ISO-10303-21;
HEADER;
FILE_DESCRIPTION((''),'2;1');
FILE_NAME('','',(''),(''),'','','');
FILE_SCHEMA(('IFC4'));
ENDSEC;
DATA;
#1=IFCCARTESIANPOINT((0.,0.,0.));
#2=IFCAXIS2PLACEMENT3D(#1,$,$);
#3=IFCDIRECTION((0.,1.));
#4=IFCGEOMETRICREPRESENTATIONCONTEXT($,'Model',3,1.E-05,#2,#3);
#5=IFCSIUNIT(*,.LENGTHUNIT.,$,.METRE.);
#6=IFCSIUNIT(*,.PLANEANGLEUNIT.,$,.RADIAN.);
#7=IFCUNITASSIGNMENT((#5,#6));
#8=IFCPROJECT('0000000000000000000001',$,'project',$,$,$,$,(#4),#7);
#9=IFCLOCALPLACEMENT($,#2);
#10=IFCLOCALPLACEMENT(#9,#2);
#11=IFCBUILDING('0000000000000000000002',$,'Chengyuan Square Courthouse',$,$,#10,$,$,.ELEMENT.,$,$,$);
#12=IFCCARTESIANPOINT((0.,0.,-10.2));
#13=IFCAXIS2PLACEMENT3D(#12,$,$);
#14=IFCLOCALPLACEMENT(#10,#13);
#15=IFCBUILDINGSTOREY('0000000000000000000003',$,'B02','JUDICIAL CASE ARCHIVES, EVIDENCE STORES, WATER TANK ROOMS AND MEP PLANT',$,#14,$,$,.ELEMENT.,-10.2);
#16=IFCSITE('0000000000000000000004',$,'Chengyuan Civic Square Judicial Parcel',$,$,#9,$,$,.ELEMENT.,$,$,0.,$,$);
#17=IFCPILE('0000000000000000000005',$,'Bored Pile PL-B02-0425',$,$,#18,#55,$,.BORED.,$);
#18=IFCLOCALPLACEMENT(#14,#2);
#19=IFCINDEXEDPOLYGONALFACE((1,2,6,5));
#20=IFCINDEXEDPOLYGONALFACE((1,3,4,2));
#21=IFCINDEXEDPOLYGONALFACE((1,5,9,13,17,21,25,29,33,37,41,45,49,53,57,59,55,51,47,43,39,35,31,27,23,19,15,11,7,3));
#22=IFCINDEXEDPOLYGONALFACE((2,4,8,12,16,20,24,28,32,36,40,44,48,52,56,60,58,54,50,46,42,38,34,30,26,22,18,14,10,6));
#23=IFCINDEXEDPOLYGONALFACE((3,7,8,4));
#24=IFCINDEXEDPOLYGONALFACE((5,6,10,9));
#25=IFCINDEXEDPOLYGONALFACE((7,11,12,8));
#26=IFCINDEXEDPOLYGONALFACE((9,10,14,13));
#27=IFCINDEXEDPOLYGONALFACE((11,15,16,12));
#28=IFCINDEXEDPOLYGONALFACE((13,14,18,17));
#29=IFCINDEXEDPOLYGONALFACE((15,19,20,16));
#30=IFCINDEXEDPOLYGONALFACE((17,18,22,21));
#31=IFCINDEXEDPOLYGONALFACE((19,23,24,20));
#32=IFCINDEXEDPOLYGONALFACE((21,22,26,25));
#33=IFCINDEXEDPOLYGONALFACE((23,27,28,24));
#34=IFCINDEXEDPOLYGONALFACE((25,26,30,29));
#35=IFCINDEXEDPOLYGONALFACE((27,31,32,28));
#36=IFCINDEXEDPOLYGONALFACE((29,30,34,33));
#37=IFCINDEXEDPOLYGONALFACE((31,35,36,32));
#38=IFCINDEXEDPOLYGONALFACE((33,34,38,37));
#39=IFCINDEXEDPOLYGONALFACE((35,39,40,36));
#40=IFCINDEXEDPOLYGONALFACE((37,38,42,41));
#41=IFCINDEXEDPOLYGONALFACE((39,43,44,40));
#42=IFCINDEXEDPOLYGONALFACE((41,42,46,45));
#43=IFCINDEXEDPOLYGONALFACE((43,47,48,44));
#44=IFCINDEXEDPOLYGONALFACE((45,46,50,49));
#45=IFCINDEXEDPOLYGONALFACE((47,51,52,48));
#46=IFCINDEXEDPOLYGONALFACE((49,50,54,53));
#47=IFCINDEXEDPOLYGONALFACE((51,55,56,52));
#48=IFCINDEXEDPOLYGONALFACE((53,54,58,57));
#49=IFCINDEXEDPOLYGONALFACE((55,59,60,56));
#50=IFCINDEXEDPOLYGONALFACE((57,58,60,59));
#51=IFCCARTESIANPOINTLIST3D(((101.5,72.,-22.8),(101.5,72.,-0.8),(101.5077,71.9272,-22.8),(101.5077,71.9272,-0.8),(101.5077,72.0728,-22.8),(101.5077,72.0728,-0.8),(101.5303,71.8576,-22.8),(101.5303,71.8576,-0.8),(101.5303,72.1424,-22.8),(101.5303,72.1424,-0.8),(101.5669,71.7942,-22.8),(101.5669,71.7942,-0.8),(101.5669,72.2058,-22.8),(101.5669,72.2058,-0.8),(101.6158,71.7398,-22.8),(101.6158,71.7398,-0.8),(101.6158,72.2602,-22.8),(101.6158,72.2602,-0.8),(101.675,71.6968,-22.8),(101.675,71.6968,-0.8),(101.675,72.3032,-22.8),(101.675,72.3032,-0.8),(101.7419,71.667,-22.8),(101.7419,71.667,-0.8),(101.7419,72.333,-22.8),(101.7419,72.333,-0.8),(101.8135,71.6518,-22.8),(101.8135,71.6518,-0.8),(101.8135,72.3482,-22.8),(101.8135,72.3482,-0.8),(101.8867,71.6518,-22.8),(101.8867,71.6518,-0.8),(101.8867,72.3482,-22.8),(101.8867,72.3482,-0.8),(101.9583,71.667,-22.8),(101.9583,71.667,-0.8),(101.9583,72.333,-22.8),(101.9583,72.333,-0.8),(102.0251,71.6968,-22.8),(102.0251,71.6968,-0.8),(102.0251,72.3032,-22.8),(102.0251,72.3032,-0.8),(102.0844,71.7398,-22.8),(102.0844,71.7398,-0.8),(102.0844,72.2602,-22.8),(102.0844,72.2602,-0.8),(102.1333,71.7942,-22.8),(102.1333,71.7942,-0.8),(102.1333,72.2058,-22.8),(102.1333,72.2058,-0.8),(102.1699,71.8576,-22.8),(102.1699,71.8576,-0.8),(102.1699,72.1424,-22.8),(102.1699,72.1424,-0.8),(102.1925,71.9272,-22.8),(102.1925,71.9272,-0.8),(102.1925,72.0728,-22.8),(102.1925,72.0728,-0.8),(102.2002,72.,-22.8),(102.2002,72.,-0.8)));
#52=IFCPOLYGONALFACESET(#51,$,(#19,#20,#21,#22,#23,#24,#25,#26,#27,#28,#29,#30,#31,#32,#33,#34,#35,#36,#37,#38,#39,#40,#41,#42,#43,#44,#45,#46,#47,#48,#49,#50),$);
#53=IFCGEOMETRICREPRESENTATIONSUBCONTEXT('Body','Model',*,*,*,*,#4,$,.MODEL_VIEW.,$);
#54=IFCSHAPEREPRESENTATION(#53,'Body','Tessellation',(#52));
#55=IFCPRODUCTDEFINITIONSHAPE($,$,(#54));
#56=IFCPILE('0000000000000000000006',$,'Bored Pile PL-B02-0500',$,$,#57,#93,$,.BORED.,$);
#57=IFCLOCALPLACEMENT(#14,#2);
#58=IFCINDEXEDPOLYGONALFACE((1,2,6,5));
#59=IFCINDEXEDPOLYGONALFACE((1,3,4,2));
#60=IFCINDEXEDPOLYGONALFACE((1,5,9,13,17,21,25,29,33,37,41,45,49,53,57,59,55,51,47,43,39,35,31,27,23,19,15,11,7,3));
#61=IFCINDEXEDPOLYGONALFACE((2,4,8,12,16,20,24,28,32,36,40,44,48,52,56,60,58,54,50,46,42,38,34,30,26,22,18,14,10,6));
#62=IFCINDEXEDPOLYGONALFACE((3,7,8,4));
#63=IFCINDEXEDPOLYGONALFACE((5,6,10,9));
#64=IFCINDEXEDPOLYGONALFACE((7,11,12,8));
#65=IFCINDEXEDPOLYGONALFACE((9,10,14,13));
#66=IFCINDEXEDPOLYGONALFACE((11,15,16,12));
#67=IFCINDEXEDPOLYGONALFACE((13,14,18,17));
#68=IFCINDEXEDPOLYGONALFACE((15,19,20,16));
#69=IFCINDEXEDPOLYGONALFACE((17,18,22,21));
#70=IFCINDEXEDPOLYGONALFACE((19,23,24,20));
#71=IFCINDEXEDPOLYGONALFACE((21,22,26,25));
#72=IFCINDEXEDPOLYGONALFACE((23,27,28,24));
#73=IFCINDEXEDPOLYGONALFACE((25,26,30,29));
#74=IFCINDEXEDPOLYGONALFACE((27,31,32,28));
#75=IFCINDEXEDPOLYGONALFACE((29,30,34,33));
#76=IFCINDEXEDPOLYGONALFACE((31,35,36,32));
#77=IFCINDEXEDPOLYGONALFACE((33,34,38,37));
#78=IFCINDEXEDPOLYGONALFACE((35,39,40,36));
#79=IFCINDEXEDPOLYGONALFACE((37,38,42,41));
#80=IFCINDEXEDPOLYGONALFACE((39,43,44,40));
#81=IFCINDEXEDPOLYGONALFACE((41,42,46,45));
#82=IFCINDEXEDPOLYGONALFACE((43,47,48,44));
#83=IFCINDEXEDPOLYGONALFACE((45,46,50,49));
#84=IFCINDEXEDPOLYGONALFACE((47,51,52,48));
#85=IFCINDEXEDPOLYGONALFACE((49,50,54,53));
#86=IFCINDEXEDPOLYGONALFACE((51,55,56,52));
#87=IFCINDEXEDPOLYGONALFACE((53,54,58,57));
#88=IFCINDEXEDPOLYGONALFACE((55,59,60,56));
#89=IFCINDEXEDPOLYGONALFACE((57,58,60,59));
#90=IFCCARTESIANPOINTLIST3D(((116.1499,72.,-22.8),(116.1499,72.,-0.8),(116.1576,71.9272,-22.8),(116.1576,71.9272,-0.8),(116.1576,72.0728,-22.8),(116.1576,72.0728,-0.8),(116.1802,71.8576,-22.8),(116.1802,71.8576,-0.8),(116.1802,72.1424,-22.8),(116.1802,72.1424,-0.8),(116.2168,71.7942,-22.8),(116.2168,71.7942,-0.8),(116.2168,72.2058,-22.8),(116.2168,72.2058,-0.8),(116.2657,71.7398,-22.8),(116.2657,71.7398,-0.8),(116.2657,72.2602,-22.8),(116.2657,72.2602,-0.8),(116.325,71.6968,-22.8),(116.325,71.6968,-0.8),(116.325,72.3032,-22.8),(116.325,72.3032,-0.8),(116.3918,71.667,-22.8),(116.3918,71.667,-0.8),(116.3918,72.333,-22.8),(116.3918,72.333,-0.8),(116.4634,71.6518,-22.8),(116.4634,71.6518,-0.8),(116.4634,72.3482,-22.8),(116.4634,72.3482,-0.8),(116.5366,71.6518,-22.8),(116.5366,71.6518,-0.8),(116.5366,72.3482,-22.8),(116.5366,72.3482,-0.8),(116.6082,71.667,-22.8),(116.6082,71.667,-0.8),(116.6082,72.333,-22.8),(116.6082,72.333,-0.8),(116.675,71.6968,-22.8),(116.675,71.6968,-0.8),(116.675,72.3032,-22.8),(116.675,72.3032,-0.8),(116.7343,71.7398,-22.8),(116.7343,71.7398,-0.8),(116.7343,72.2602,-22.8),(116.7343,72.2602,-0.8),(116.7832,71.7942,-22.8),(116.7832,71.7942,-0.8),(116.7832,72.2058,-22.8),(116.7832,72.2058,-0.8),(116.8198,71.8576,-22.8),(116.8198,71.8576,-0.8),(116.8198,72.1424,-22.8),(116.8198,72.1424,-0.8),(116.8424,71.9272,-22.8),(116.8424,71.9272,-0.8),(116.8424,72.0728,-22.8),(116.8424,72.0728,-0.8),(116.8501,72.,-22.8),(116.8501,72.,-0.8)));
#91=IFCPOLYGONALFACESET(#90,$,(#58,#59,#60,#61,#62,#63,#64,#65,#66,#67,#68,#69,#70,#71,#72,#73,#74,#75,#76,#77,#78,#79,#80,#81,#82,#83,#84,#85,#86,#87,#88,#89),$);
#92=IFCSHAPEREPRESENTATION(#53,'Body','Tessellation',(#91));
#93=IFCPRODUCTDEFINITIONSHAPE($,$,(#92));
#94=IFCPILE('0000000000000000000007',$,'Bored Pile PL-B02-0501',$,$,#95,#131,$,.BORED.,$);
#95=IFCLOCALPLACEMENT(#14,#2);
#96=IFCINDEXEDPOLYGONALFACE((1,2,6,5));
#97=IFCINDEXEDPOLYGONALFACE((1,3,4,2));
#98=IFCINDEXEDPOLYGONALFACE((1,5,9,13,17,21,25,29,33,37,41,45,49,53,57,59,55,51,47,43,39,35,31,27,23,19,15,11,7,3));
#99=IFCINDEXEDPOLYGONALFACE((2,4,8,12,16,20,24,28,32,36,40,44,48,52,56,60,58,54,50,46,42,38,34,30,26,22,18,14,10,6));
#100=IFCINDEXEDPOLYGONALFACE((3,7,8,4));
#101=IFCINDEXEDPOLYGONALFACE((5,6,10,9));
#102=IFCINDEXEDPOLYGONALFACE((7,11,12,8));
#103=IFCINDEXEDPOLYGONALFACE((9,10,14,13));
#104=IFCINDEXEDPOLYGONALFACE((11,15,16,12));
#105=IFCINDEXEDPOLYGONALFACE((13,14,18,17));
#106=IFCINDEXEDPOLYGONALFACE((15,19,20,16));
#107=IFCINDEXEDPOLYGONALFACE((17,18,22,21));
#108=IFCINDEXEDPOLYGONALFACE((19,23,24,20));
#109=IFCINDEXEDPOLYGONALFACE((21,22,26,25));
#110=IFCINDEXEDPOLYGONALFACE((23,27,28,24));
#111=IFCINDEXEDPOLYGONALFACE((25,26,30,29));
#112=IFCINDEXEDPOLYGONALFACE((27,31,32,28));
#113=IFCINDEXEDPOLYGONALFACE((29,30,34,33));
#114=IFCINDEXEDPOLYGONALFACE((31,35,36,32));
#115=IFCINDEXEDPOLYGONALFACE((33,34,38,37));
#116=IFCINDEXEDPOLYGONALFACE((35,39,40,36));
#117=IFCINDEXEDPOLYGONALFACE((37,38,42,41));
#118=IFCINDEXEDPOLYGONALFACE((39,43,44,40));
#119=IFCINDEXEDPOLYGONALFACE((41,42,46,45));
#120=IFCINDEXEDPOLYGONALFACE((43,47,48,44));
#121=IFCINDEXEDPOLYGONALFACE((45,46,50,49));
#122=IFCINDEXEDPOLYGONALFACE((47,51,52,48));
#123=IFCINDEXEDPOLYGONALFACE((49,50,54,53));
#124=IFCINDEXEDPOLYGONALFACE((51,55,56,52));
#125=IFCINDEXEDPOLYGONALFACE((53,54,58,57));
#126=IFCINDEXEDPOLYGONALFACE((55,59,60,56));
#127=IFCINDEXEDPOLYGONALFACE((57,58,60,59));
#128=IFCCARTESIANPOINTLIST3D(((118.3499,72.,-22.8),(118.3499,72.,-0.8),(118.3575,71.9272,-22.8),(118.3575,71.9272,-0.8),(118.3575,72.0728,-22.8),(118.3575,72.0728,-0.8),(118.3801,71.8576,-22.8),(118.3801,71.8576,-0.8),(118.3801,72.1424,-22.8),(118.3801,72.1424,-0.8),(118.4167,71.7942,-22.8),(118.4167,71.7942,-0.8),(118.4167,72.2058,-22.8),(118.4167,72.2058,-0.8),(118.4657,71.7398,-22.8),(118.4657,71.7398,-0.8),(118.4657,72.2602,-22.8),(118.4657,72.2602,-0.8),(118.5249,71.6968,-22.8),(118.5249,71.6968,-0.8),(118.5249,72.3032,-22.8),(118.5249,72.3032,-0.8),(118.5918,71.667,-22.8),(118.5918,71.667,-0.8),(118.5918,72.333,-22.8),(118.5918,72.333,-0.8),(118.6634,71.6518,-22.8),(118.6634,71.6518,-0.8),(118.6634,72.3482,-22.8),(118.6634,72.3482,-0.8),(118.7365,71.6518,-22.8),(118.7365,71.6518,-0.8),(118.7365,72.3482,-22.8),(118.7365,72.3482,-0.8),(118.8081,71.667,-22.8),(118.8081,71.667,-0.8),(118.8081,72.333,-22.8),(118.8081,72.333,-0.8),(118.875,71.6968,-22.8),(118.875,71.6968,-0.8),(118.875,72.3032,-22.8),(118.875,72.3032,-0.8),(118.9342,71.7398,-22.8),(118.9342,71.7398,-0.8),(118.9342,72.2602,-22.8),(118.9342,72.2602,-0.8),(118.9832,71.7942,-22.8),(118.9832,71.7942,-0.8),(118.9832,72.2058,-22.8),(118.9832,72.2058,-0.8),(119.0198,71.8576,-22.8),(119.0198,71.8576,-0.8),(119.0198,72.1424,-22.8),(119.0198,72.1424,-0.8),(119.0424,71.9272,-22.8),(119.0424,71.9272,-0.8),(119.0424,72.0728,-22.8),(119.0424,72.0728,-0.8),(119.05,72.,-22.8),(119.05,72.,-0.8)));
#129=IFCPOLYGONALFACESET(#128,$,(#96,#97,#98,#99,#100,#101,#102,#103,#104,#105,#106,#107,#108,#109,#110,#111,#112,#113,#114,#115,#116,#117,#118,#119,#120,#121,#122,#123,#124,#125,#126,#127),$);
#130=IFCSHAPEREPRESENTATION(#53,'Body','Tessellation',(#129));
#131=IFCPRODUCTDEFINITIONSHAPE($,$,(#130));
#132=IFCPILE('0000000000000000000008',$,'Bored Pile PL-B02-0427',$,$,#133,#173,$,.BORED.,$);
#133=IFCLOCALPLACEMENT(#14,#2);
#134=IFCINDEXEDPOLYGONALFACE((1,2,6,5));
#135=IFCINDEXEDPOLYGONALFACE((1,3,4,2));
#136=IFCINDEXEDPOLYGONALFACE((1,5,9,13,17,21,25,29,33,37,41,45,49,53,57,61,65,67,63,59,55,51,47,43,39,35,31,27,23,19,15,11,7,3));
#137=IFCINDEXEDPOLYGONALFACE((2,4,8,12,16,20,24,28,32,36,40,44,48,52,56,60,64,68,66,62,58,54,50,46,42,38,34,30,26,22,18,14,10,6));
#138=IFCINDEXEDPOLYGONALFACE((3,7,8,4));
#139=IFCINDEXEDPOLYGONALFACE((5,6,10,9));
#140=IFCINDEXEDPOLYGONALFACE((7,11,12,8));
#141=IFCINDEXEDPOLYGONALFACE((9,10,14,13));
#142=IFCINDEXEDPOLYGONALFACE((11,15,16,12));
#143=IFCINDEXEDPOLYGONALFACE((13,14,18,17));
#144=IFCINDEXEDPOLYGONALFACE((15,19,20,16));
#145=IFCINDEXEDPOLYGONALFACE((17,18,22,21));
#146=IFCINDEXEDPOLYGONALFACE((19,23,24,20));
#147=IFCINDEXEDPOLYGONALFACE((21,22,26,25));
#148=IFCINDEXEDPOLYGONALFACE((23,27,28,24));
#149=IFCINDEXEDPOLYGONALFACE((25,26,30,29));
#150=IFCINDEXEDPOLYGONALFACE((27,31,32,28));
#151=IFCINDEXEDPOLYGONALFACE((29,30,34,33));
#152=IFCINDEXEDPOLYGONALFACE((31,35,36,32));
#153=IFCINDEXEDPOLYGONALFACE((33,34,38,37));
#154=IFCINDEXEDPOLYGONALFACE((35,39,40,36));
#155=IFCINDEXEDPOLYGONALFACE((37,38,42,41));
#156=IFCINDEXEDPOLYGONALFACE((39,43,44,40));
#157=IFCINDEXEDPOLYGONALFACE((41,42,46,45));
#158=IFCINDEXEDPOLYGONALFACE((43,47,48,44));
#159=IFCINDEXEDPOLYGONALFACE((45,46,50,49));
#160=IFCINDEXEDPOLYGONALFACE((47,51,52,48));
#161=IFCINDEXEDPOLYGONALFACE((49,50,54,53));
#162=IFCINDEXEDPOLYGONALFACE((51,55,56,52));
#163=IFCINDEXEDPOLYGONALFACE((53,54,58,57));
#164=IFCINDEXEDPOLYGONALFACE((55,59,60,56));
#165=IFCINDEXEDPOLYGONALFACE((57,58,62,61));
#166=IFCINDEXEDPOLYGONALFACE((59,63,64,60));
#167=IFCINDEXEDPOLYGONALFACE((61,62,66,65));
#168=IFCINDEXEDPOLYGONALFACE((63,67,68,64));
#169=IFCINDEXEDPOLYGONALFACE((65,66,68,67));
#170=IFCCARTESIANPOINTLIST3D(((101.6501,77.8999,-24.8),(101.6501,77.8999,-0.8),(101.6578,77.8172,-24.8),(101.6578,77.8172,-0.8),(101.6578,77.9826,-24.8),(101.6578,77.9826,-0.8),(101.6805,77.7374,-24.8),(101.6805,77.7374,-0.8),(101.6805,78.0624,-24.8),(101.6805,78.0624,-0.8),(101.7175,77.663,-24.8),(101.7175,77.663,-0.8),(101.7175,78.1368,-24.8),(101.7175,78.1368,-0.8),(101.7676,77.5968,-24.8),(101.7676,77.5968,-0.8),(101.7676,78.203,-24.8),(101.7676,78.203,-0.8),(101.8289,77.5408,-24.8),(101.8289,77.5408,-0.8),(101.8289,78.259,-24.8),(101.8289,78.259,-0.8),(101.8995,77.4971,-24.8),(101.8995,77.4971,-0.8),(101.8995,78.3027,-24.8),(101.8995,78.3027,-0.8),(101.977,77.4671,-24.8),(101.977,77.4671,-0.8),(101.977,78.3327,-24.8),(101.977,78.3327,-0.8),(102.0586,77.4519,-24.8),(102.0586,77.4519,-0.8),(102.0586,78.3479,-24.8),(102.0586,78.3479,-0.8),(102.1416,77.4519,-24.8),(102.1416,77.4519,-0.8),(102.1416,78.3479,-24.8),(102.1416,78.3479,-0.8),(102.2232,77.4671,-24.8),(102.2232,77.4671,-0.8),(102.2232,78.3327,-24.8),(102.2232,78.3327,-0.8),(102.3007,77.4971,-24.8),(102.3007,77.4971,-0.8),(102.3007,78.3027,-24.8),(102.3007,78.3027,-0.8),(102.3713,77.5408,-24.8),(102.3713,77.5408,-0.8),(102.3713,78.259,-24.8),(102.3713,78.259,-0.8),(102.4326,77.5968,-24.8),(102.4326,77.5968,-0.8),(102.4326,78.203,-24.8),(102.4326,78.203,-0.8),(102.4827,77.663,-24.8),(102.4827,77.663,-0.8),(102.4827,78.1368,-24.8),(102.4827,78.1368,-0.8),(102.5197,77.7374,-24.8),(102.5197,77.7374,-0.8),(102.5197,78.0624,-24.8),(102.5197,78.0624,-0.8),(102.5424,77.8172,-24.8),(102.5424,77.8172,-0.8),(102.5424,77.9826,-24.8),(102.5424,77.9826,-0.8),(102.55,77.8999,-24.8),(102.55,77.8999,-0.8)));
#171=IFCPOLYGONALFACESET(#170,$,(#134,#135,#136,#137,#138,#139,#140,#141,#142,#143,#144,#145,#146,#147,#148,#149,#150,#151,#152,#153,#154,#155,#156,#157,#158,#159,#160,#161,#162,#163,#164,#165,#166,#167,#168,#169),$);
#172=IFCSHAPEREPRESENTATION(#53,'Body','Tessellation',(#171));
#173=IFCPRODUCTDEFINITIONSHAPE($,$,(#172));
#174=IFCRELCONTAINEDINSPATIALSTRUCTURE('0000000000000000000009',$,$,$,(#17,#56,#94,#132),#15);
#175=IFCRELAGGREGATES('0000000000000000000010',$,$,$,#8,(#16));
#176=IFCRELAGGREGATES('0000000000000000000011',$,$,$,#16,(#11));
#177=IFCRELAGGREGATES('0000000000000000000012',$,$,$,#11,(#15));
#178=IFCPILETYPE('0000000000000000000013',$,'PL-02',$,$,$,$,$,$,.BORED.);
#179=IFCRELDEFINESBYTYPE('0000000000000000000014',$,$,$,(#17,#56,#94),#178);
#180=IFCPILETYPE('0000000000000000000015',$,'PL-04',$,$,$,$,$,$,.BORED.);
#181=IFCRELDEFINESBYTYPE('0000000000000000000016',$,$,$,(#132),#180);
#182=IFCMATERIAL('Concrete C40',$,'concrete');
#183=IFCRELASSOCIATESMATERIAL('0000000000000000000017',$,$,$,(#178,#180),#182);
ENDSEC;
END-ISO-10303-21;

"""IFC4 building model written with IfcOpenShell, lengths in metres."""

from ifc_helpers import new_model, si_unit, direction, frame, origin, origin_2d, place, context, subcontext, project, spatial, circle, extrude, material, material_profile, profile_set, type_object, element, save


model = new_model("IFC4")

# Units and contexts
model_context = context("Model", 3, precision=1e-05, world=origin(), true_north=direction((0.0, 1.0)))
body_context = subcontext(model_context, "Body", "Model", "MODEL_VIEW")
ifc_project = project(units=[si_unit("LENGTHUNIT", "METRE"), si_unit("PLANEANGLEUNIT", "RADIAN")], contexts=[model_context])

# Site, building, storey
site_placement = place(None, origin())
site = spatial("IfcSite", under=ifc_project, at=site_placement, Name="Chengyuan Civic Square Judicial Parcel", CompositionType="ELEMENT", RefElevation=0.0)
building_placement = place(site_placement, origin())
building = spatial("IfcBuilding", under=site, at=building_placement, Name="Chengyuan Square Courthouse", CompositionType="ELEMENT")
storey_placement = place(building_placement, frame((0.0, 0.0, -10.2)))
storey = spatial("IfcBuildingStorey", under=building, at=storey_placement, Name="B02", Description="JUDICIAL CASE ARCHIVES, EVIDENCE STORES, WATER TANK ROOMS AND MEP PLANT", CompositionType="ELEMENT", Elevation=-10.2)

# Shared definitions
ifc_material_1 = material(Name="Concrete C40", Category="concrete")

# Piles
ifc_material_profile_1 = material_profile(ifc_material_1, circle(Radius=0.3501, at=origin_2d()), Name="BORED PILE D700")
ifc_profile_set_1 = profile_set([ifc_material_profile_1], Name="Concrete C40")
pile_type_1 = type_object("IfcPileType", Name="PL-02", PredefinedType="BORED", material=ifc_profile_set_1)
for number, where, z_axis, x_axis, name in (
    (1, (101.8501, 72.0, -0.8), (0.0, 0.0, -1.0), (1.0, 0.0, 0.0), "Bored Pile PL-B02-0425"),
    (2, (116.5, 72.0, -0.8), (0.0, 0.0, -1.0), (1.0, 0.0, 0.0), "Bored Pile PL-B02-0500"),
    (3, (118.7, 72.0, -0.8), (0.0, 0.0, -1.0), (1.0, 0.0, 0.0), "Bored Pile PL-B02-0501"),
):
    element("IfcPile", number, at=place(storey_placement, frame(where, z_axis=z_axis, x_axis=x_axis)), inside=storey, type_object=pile_type_1, Name=name, PredefinedType="BORED", context=body_context, shape_type="SweptSolid", body=[
        extrude(circle(Radius=0.3501, at=origin_2d()), origin(), (0.0, 0.0, 1.0), 22.0),
    ])
ifc_material_profile_2 = material_profile(ifc_material_1, circle(Radius=0.45, at=origin_2d()), Name="BORED PILE D900")
ifc_profile_set_2 = profile_set([ifc_material_profile_2], Name="Concrete C40")
pile_type_2 = type_object("IfcPileType", Name="PL-04", PredefinedType="BORED", material=ifc_profile_set_2)
for number, where, z_axis, x_axis, name in (
    (4, (102.1001, 77.8999, -0.8), (0.0, 0.0, -1.0), (1.0, 0.0, 0.0), "Bored Pile PL-B02-0427"),
):
    element("IfcPile", number, at=place(storey_placement, frame(where, z_axis=z_axis, x_axis=x_axis)), inside=storey, type_object=pile_type_2, Name=name, PredefinedType="BORED", context=body_context, shape_type="SweptSolid", body=[
        extrude(circle(Radius=0.45, at=origin_2d()), origin(), (0.0, 0.0, 1.0), 24.0),
    ])

save(model, "model.ifc")
